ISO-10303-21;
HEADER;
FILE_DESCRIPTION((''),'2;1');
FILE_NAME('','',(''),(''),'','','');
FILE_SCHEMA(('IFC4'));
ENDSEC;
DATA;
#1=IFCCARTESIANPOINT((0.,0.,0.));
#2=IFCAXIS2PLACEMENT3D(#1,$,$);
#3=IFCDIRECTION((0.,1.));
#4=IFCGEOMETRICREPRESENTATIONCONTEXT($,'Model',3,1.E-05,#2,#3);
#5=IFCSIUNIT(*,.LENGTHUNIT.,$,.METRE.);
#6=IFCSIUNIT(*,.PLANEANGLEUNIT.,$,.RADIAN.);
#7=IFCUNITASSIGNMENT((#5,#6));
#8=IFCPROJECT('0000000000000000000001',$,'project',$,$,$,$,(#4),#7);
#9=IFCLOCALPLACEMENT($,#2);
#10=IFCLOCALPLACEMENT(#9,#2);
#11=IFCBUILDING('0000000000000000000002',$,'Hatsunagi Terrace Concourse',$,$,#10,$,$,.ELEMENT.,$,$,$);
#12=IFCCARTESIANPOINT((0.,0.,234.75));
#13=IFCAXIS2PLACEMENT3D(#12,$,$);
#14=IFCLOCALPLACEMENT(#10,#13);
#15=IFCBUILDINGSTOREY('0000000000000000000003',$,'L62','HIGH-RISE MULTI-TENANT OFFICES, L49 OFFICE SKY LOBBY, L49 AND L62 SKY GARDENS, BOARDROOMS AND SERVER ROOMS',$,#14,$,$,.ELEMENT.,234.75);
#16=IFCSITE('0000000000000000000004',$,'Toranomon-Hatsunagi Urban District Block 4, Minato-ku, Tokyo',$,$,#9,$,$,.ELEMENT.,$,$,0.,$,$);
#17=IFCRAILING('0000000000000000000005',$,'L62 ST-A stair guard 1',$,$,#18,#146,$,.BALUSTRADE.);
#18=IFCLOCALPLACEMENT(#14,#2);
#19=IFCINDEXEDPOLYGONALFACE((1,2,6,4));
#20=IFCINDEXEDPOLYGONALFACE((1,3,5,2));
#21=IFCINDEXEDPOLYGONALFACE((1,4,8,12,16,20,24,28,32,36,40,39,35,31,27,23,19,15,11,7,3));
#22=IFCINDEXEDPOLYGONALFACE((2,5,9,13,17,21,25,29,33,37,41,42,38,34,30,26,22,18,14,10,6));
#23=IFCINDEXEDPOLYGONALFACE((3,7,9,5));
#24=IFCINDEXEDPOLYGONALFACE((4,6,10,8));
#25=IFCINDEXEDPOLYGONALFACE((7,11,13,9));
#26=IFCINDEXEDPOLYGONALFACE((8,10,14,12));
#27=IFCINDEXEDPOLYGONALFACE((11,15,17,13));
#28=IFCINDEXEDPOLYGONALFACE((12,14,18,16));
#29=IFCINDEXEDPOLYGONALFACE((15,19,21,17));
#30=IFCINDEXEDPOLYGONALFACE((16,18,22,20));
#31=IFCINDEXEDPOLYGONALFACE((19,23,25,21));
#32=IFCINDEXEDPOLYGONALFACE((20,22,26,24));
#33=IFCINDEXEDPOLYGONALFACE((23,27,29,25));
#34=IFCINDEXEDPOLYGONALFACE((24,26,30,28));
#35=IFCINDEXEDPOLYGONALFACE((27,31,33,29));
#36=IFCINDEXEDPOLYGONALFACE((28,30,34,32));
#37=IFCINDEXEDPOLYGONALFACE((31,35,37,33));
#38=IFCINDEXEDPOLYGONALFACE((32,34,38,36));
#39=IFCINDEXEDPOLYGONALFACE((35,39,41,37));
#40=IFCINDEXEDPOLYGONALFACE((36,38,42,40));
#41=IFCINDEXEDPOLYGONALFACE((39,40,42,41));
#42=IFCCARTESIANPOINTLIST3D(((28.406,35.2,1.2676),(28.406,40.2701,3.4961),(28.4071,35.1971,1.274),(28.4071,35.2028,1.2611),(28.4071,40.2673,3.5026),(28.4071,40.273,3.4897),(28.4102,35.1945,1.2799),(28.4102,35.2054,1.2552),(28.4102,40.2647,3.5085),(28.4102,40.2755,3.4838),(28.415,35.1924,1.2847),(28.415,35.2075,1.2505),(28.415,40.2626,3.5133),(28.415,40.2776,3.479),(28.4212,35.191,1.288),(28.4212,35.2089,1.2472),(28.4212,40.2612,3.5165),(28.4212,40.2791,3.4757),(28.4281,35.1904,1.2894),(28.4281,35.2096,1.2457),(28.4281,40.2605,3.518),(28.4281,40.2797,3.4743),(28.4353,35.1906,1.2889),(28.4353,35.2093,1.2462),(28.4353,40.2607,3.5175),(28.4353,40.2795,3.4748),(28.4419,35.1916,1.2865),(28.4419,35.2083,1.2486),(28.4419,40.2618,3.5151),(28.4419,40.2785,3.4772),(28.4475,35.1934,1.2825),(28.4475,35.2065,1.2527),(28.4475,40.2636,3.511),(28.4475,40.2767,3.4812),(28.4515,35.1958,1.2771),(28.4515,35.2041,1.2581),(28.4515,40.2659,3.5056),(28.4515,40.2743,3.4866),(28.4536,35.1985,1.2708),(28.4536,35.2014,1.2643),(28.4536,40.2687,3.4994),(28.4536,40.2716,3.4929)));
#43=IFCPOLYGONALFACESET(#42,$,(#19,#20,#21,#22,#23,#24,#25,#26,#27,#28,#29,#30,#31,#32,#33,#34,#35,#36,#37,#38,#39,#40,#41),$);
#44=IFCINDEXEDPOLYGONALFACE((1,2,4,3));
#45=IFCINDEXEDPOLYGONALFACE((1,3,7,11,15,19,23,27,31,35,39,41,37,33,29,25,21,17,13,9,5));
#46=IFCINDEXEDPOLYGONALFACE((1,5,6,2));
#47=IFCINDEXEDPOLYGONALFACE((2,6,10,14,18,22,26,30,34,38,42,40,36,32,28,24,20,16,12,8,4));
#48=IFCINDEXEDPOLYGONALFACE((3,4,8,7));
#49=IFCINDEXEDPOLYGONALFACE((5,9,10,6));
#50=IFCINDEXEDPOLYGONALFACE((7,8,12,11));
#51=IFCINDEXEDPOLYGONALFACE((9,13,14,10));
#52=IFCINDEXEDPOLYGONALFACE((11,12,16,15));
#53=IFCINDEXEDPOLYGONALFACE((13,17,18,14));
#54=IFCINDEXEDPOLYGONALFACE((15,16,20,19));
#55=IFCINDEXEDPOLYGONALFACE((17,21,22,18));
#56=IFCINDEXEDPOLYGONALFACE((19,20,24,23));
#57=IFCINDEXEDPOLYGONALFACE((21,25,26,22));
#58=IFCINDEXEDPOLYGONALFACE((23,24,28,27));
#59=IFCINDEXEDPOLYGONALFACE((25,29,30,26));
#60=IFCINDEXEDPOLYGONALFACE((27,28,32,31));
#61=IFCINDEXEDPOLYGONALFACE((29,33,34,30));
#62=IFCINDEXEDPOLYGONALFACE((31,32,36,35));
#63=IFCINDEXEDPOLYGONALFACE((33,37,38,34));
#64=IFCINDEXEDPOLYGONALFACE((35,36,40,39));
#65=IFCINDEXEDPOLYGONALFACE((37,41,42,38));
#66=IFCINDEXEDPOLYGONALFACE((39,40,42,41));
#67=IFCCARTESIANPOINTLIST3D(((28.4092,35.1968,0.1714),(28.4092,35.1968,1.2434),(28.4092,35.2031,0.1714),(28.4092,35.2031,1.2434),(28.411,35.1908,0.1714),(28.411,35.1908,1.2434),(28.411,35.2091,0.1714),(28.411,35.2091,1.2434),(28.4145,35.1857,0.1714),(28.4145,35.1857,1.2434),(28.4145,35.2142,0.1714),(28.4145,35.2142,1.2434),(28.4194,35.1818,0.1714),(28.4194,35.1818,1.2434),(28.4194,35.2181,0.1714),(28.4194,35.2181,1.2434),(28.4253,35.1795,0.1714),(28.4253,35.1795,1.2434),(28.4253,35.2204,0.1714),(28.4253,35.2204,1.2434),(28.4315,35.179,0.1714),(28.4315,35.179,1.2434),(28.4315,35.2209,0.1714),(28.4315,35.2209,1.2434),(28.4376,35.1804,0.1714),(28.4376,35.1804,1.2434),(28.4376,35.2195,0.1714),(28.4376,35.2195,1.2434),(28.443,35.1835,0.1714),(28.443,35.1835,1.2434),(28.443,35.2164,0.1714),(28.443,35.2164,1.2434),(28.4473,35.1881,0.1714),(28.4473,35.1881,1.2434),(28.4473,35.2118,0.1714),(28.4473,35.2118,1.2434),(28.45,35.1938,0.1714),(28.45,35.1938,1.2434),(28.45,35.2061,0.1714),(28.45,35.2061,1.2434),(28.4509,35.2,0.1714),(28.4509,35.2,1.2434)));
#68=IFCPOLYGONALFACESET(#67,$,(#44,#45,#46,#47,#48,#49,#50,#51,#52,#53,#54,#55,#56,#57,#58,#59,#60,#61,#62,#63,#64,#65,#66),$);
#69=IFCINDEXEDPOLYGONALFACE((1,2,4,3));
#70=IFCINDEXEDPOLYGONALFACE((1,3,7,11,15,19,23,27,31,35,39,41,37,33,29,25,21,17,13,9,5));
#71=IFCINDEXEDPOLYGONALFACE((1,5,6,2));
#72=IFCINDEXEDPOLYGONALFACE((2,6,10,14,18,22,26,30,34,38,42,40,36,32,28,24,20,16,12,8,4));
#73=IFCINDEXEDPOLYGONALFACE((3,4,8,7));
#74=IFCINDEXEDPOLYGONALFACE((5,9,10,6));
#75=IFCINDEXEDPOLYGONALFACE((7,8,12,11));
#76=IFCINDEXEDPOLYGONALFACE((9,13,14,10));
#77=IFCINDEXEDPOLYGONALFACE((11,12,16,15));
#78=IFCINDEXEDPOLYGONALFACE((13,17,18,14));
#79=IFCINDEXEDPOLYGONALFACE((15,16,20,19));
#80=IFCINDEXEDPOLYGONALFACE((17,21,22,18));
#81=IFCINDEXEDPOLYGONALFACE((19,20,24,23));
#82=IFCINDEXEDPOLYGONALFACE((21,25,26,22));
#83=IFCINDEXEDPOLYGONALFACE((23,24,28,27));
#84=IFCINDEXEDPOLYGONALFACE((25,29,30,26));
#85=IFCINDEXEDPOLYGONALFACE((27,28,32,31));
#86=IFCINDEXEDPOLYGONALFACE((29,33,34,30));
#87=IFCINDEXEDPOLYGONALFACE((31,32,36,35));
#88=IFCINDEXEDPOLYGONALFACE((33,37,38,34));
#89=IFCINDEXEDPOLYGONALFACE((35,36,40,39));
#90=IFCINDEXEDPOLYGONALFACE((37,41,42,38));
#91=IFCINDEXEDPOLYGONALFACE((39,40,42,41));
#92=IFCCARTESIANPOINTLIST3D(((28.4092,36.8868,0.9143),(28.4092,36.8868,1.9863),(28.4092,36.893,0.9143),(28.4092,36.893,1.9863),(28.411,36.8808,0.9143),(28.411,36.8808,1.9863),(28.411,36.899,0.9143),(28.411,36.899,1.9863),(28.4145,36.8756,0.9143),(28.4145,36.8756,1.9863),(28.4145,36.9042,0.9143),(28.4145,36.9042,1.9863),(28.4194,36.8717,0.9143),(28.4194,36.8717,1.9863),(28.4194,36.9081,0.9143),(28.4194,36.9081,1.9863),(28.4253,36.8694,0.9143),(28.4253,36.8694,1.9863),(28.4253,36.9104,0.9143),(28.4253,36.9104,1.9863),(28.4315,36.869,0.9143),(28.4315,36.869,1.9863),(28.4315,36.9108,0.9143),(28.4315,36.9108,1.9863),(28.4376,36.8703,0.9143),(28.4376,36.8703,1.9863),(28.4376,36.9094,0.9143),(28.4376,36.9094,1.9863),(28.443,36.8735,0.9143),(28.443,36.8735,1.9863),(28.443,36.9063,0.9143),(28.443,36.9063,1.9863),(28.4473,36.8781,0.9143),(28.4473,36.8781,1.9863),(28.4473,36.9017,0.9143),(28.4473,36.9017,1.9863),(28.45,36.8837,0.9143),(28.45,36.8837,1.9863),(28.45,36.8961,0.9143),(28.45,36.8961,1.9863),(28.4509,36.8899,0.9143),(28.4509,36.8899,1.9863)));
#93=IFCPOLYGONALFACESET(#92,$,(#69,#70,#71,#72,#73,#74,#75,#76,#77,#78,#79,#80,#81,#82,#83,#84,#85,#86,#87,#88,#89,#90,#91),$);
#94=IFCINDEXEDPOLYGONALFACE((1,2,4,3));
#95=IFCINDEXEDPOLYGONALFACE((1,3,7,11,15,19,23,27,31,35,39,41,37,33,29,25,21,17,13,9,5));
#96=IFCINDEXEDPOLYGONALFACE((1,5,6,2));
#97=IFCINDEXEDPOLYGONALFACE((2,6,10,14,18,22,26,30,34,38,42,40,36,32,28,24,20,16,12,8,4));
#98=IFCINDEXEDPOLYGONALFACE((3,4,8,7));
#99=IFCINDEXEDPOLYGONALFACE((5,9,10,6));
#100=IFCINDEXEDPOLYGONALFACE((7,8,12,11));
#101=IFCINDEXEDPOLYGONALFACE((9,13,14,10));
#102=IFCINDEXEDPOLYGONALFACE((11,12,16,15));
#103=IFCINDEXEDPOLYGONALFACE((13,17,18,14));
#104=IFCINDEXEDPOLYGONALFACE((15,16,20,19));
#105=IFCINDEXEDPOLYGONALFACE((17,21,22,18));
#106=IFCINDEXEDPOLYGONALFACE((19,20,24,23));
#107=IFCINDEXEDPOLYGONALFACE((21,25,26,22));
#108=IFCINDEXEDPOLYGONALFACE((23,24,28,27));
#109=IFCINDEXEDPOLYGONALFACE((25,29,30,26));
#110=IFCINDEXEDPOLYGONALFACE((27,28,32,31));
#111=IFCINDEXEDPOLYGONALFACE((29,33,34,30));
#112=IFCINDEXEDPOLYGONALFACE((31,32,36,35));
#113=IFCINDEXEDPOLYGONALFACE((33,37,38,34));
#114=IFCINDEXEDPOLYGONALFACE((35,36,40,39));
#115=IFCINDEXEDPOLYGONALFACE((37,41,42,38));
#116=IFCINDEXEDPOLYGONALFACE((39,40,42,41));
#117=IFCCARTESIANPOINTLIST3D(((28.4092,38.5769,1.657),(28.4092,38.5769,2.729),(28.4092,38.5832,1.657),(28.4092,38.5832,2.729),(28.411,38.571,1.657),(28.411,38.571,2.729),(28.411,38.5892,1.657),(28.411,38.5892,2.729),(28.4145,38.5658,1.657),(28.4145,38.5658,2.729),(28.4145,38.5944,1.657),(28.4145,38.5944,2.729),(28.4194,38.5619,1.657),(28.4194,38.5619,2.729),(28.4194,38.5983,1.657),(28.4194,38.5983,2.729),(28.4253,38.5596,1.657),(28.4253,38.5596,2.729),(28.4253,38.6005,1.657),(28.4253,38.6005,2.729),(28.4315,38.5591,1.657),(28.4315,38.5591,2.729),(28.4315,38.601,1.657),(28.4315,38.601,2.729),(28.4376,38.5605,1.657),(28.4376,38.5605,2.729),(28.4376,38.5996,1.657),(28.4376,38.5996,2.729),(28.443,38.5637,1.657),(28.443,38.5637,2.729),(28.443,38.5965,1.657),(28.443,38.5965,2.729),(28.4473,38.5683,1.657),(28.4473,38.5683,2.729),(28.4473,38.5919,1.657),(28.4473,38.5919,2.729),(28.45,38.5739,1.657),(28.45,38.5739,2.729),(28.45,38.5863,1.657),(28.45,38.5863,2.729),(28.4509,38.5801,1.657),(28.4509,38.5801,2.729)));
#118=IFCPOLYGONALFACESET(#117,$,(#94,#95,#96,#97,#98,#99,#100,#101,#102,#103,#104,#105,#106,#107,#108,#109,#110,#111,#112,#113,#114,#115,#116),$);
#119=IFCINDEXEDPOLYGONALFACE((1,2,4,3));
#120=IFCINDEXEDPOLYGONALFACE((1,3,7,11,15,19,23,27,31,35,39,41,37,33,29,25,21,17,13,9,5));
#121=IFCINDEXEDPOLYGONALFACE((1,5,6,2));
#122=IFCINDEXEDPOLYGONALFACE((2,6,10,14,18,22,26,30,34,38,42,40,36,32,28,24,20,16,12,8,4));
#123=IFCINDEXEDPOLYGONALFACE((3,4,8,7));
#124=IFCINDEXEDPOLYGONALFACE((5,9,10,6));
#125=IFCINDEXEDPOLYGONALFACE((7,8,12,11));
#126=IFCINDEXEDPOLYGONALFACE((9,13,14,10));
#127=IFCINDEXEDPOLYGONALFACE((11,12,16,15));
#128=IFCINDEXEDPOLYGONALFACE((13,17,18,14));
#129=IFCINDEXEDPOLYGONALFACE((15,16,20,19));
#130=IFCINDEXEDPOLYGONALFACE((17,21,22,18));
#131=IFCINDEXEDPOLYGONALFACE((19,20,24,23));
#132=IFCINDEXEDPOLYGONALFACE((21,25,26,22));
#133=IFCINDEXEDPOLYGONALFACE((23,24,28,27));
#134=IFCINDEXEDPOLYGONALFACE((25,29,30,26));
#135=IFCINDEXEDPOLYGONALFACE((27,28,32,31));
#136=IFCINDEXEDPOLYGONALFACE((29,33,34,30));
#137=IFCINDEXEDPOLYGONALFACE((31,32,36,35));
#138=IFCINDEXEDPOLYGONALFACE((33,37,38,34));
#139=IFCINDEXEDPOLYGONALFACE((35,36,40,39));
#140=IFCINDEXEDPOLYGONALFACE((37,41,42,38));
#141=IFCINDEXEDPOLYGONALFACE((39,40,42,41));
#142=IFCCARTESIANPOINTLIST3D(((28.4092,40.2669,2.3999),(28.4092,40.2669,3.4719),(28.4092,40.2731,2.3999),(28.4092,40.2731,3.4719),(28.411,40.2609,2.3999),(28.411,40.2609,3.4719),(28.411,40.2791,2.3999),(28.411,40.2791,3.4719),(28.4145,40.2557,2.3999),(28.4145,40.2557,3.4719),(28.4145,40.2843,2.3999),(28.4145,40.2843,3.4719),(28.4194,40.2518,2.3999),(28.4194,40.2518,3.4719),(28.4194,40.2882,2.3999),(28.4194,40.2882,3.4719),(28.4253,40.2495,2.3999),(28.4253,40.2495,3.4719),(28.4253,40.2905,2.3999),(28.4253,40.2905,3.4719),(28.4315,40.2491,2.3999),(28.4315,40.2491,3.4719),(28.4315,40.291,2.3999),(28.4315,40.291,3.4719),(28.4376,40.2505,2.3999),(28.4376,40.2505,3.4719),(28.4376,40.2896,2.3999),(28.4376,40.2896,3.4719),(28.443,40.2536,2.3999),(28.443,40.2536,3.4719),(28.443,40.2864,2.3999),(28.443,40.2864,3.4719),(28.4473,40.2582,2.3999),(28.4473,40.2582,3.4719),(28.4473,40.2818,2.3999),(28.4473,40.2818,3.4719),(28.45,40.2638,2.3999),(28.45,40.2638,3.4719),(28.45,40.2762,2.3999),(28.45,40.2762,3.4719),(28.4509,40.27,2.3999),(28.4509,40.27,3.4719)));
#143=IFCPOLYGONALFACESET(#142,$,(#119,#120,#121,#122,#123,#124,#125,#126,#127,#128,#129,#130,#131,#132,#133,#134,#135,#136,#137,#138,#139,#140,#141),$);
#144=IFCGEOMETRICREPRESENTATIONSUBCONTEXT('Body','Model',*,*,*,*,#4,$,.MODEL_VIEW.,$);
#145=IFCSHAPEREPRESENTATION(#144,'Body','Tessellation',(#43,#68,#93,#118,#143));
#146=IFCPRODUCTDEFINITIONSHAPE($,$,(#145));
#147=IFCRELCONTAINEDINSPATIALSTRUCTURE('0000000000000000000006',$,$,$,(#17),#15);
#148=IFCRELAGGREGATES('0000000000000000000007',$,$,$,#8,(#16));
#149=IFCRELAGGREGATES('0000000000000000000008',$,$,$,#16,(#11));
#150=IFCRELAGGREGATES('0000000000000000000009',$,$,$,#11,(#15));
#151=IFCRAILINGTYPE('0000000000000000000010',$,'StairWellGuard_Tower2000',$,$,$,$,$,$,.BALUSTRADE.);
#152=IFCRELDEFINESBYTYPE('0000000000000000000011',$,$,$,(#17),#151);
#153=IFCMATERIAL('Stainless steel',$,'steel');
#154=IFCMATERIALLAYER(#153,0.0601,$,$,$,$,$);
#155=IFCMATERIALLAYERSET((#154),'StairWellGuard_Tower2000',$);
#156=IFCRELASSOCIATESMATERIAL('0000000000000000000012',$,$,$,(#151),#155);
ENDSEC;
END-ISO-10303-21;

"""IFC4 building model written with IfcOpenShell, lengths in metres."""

from ifc_helpers import new_model, si_unit, direction, frame, origin, origin_2d, place, context, subcontext, project, spatial, circle, extrude, material, layer, layer_set, type_object, element, save


model = new_model("IFC4")

# Units and contexts
model_context = context("Model", 3, precision=1e-05, world=origin(), true_north=direction((0.0, 1.0)))
body_context = subcontext(model_context, "Body", "Model", "MODEL_VIEW")
ifc_project = project(units=[si_unit("LENGTHUNIT", "METRE"), si_unit("PLANEANGLEUNIT", "RADIAN")], contexts=[model_context])

# Site, building, storey
site_placement = place(None, origin())
site = spatial("IfcSite", under=ifc_project, at=site_placement, Name="Toranomon-Hatsunagi Urban District Block 4, Minato-ku, Tokyo", CompositionType="ELEMENT", RefElevation=0.0)
building_placement = place(site_placement, origin())
building = spatial("IfcBuilding", under=site, at=building_placement, Name="Hatsunagi Terrace Concourse", CompositionType="ELEMENT")
storey_placement = place(building_placement, frame((0.0, 0.0, 234.75)))
storey = spatial("IfcBuildingStorey", under=building, at=storey_placement, Name="L62", Description="HIGH-RISE MULTI-TENANT OFFICES, L49 OFFICE SKY LOBBY, L49 AND L62 SKY GARDENS, BOARDROOMS AND SERVER ROOMS", CompositionType="ELEMENT", Elevation=234.75)

# Railing
ifc_material_1 = material(Name="Stainless steel", Category="steel")
ifc_layer_1 = layer(ifc_material_1, 0.0601)
ifc_layer_set_1 = layer_set([ifc_layer_1], Name="StairWellGuard_Tower2000")
railing_type_1 = type_object("IfcRailingType", Name="StairWellGuard_Tower2000", PredefinedType="BALUSTRADE", material=ifc_layer_set_1)
railing_1_placement = place(storey_placement, frame((28.4299, 35.2, 0.1714)))
element("IfcRailing", 1, at=railing_1_placement, inside=storey, type_object=railing_type_1, Name="L62 ST-A stair guard 1", PredefinedType="BALUSTRADE", context=body_context, shape_type="SweptSolid", body=[
    extrude(circle(Radius=0.0239, at=origin_2d()), frame((0.0, 0.0, 1.0962), z_axis=(0.0, 0.915469, 0.402388), x_axis=(-1.0, 0.0, 0.0)), (0.0, 0.0, 1.0), 5.5383),
    extrude(circle(Radius=0.021, at=origin_2d()), origin(), (0.0, 0.0, 1.0), 1.072),
    extrude(circle(Radius=0.021, at=origin_2d()), frame((0.0, 1.6899, 0.7429)), (0.0, 0.0, 1.0), 1.072),
    extrude(circle(Radius=0.021, at=origin_2d()), frame((0.0, 3.3801, 1.4856)), (0.0, 0.0, 1.0), 1.072),
    extrude(circle(Radius=0.021, at=origin_2d()), frame((0.0, 5.0701, 2.2285)), (0.0, 0.0, 1.0), 1.072),
])

save(model, "model.ifc")
